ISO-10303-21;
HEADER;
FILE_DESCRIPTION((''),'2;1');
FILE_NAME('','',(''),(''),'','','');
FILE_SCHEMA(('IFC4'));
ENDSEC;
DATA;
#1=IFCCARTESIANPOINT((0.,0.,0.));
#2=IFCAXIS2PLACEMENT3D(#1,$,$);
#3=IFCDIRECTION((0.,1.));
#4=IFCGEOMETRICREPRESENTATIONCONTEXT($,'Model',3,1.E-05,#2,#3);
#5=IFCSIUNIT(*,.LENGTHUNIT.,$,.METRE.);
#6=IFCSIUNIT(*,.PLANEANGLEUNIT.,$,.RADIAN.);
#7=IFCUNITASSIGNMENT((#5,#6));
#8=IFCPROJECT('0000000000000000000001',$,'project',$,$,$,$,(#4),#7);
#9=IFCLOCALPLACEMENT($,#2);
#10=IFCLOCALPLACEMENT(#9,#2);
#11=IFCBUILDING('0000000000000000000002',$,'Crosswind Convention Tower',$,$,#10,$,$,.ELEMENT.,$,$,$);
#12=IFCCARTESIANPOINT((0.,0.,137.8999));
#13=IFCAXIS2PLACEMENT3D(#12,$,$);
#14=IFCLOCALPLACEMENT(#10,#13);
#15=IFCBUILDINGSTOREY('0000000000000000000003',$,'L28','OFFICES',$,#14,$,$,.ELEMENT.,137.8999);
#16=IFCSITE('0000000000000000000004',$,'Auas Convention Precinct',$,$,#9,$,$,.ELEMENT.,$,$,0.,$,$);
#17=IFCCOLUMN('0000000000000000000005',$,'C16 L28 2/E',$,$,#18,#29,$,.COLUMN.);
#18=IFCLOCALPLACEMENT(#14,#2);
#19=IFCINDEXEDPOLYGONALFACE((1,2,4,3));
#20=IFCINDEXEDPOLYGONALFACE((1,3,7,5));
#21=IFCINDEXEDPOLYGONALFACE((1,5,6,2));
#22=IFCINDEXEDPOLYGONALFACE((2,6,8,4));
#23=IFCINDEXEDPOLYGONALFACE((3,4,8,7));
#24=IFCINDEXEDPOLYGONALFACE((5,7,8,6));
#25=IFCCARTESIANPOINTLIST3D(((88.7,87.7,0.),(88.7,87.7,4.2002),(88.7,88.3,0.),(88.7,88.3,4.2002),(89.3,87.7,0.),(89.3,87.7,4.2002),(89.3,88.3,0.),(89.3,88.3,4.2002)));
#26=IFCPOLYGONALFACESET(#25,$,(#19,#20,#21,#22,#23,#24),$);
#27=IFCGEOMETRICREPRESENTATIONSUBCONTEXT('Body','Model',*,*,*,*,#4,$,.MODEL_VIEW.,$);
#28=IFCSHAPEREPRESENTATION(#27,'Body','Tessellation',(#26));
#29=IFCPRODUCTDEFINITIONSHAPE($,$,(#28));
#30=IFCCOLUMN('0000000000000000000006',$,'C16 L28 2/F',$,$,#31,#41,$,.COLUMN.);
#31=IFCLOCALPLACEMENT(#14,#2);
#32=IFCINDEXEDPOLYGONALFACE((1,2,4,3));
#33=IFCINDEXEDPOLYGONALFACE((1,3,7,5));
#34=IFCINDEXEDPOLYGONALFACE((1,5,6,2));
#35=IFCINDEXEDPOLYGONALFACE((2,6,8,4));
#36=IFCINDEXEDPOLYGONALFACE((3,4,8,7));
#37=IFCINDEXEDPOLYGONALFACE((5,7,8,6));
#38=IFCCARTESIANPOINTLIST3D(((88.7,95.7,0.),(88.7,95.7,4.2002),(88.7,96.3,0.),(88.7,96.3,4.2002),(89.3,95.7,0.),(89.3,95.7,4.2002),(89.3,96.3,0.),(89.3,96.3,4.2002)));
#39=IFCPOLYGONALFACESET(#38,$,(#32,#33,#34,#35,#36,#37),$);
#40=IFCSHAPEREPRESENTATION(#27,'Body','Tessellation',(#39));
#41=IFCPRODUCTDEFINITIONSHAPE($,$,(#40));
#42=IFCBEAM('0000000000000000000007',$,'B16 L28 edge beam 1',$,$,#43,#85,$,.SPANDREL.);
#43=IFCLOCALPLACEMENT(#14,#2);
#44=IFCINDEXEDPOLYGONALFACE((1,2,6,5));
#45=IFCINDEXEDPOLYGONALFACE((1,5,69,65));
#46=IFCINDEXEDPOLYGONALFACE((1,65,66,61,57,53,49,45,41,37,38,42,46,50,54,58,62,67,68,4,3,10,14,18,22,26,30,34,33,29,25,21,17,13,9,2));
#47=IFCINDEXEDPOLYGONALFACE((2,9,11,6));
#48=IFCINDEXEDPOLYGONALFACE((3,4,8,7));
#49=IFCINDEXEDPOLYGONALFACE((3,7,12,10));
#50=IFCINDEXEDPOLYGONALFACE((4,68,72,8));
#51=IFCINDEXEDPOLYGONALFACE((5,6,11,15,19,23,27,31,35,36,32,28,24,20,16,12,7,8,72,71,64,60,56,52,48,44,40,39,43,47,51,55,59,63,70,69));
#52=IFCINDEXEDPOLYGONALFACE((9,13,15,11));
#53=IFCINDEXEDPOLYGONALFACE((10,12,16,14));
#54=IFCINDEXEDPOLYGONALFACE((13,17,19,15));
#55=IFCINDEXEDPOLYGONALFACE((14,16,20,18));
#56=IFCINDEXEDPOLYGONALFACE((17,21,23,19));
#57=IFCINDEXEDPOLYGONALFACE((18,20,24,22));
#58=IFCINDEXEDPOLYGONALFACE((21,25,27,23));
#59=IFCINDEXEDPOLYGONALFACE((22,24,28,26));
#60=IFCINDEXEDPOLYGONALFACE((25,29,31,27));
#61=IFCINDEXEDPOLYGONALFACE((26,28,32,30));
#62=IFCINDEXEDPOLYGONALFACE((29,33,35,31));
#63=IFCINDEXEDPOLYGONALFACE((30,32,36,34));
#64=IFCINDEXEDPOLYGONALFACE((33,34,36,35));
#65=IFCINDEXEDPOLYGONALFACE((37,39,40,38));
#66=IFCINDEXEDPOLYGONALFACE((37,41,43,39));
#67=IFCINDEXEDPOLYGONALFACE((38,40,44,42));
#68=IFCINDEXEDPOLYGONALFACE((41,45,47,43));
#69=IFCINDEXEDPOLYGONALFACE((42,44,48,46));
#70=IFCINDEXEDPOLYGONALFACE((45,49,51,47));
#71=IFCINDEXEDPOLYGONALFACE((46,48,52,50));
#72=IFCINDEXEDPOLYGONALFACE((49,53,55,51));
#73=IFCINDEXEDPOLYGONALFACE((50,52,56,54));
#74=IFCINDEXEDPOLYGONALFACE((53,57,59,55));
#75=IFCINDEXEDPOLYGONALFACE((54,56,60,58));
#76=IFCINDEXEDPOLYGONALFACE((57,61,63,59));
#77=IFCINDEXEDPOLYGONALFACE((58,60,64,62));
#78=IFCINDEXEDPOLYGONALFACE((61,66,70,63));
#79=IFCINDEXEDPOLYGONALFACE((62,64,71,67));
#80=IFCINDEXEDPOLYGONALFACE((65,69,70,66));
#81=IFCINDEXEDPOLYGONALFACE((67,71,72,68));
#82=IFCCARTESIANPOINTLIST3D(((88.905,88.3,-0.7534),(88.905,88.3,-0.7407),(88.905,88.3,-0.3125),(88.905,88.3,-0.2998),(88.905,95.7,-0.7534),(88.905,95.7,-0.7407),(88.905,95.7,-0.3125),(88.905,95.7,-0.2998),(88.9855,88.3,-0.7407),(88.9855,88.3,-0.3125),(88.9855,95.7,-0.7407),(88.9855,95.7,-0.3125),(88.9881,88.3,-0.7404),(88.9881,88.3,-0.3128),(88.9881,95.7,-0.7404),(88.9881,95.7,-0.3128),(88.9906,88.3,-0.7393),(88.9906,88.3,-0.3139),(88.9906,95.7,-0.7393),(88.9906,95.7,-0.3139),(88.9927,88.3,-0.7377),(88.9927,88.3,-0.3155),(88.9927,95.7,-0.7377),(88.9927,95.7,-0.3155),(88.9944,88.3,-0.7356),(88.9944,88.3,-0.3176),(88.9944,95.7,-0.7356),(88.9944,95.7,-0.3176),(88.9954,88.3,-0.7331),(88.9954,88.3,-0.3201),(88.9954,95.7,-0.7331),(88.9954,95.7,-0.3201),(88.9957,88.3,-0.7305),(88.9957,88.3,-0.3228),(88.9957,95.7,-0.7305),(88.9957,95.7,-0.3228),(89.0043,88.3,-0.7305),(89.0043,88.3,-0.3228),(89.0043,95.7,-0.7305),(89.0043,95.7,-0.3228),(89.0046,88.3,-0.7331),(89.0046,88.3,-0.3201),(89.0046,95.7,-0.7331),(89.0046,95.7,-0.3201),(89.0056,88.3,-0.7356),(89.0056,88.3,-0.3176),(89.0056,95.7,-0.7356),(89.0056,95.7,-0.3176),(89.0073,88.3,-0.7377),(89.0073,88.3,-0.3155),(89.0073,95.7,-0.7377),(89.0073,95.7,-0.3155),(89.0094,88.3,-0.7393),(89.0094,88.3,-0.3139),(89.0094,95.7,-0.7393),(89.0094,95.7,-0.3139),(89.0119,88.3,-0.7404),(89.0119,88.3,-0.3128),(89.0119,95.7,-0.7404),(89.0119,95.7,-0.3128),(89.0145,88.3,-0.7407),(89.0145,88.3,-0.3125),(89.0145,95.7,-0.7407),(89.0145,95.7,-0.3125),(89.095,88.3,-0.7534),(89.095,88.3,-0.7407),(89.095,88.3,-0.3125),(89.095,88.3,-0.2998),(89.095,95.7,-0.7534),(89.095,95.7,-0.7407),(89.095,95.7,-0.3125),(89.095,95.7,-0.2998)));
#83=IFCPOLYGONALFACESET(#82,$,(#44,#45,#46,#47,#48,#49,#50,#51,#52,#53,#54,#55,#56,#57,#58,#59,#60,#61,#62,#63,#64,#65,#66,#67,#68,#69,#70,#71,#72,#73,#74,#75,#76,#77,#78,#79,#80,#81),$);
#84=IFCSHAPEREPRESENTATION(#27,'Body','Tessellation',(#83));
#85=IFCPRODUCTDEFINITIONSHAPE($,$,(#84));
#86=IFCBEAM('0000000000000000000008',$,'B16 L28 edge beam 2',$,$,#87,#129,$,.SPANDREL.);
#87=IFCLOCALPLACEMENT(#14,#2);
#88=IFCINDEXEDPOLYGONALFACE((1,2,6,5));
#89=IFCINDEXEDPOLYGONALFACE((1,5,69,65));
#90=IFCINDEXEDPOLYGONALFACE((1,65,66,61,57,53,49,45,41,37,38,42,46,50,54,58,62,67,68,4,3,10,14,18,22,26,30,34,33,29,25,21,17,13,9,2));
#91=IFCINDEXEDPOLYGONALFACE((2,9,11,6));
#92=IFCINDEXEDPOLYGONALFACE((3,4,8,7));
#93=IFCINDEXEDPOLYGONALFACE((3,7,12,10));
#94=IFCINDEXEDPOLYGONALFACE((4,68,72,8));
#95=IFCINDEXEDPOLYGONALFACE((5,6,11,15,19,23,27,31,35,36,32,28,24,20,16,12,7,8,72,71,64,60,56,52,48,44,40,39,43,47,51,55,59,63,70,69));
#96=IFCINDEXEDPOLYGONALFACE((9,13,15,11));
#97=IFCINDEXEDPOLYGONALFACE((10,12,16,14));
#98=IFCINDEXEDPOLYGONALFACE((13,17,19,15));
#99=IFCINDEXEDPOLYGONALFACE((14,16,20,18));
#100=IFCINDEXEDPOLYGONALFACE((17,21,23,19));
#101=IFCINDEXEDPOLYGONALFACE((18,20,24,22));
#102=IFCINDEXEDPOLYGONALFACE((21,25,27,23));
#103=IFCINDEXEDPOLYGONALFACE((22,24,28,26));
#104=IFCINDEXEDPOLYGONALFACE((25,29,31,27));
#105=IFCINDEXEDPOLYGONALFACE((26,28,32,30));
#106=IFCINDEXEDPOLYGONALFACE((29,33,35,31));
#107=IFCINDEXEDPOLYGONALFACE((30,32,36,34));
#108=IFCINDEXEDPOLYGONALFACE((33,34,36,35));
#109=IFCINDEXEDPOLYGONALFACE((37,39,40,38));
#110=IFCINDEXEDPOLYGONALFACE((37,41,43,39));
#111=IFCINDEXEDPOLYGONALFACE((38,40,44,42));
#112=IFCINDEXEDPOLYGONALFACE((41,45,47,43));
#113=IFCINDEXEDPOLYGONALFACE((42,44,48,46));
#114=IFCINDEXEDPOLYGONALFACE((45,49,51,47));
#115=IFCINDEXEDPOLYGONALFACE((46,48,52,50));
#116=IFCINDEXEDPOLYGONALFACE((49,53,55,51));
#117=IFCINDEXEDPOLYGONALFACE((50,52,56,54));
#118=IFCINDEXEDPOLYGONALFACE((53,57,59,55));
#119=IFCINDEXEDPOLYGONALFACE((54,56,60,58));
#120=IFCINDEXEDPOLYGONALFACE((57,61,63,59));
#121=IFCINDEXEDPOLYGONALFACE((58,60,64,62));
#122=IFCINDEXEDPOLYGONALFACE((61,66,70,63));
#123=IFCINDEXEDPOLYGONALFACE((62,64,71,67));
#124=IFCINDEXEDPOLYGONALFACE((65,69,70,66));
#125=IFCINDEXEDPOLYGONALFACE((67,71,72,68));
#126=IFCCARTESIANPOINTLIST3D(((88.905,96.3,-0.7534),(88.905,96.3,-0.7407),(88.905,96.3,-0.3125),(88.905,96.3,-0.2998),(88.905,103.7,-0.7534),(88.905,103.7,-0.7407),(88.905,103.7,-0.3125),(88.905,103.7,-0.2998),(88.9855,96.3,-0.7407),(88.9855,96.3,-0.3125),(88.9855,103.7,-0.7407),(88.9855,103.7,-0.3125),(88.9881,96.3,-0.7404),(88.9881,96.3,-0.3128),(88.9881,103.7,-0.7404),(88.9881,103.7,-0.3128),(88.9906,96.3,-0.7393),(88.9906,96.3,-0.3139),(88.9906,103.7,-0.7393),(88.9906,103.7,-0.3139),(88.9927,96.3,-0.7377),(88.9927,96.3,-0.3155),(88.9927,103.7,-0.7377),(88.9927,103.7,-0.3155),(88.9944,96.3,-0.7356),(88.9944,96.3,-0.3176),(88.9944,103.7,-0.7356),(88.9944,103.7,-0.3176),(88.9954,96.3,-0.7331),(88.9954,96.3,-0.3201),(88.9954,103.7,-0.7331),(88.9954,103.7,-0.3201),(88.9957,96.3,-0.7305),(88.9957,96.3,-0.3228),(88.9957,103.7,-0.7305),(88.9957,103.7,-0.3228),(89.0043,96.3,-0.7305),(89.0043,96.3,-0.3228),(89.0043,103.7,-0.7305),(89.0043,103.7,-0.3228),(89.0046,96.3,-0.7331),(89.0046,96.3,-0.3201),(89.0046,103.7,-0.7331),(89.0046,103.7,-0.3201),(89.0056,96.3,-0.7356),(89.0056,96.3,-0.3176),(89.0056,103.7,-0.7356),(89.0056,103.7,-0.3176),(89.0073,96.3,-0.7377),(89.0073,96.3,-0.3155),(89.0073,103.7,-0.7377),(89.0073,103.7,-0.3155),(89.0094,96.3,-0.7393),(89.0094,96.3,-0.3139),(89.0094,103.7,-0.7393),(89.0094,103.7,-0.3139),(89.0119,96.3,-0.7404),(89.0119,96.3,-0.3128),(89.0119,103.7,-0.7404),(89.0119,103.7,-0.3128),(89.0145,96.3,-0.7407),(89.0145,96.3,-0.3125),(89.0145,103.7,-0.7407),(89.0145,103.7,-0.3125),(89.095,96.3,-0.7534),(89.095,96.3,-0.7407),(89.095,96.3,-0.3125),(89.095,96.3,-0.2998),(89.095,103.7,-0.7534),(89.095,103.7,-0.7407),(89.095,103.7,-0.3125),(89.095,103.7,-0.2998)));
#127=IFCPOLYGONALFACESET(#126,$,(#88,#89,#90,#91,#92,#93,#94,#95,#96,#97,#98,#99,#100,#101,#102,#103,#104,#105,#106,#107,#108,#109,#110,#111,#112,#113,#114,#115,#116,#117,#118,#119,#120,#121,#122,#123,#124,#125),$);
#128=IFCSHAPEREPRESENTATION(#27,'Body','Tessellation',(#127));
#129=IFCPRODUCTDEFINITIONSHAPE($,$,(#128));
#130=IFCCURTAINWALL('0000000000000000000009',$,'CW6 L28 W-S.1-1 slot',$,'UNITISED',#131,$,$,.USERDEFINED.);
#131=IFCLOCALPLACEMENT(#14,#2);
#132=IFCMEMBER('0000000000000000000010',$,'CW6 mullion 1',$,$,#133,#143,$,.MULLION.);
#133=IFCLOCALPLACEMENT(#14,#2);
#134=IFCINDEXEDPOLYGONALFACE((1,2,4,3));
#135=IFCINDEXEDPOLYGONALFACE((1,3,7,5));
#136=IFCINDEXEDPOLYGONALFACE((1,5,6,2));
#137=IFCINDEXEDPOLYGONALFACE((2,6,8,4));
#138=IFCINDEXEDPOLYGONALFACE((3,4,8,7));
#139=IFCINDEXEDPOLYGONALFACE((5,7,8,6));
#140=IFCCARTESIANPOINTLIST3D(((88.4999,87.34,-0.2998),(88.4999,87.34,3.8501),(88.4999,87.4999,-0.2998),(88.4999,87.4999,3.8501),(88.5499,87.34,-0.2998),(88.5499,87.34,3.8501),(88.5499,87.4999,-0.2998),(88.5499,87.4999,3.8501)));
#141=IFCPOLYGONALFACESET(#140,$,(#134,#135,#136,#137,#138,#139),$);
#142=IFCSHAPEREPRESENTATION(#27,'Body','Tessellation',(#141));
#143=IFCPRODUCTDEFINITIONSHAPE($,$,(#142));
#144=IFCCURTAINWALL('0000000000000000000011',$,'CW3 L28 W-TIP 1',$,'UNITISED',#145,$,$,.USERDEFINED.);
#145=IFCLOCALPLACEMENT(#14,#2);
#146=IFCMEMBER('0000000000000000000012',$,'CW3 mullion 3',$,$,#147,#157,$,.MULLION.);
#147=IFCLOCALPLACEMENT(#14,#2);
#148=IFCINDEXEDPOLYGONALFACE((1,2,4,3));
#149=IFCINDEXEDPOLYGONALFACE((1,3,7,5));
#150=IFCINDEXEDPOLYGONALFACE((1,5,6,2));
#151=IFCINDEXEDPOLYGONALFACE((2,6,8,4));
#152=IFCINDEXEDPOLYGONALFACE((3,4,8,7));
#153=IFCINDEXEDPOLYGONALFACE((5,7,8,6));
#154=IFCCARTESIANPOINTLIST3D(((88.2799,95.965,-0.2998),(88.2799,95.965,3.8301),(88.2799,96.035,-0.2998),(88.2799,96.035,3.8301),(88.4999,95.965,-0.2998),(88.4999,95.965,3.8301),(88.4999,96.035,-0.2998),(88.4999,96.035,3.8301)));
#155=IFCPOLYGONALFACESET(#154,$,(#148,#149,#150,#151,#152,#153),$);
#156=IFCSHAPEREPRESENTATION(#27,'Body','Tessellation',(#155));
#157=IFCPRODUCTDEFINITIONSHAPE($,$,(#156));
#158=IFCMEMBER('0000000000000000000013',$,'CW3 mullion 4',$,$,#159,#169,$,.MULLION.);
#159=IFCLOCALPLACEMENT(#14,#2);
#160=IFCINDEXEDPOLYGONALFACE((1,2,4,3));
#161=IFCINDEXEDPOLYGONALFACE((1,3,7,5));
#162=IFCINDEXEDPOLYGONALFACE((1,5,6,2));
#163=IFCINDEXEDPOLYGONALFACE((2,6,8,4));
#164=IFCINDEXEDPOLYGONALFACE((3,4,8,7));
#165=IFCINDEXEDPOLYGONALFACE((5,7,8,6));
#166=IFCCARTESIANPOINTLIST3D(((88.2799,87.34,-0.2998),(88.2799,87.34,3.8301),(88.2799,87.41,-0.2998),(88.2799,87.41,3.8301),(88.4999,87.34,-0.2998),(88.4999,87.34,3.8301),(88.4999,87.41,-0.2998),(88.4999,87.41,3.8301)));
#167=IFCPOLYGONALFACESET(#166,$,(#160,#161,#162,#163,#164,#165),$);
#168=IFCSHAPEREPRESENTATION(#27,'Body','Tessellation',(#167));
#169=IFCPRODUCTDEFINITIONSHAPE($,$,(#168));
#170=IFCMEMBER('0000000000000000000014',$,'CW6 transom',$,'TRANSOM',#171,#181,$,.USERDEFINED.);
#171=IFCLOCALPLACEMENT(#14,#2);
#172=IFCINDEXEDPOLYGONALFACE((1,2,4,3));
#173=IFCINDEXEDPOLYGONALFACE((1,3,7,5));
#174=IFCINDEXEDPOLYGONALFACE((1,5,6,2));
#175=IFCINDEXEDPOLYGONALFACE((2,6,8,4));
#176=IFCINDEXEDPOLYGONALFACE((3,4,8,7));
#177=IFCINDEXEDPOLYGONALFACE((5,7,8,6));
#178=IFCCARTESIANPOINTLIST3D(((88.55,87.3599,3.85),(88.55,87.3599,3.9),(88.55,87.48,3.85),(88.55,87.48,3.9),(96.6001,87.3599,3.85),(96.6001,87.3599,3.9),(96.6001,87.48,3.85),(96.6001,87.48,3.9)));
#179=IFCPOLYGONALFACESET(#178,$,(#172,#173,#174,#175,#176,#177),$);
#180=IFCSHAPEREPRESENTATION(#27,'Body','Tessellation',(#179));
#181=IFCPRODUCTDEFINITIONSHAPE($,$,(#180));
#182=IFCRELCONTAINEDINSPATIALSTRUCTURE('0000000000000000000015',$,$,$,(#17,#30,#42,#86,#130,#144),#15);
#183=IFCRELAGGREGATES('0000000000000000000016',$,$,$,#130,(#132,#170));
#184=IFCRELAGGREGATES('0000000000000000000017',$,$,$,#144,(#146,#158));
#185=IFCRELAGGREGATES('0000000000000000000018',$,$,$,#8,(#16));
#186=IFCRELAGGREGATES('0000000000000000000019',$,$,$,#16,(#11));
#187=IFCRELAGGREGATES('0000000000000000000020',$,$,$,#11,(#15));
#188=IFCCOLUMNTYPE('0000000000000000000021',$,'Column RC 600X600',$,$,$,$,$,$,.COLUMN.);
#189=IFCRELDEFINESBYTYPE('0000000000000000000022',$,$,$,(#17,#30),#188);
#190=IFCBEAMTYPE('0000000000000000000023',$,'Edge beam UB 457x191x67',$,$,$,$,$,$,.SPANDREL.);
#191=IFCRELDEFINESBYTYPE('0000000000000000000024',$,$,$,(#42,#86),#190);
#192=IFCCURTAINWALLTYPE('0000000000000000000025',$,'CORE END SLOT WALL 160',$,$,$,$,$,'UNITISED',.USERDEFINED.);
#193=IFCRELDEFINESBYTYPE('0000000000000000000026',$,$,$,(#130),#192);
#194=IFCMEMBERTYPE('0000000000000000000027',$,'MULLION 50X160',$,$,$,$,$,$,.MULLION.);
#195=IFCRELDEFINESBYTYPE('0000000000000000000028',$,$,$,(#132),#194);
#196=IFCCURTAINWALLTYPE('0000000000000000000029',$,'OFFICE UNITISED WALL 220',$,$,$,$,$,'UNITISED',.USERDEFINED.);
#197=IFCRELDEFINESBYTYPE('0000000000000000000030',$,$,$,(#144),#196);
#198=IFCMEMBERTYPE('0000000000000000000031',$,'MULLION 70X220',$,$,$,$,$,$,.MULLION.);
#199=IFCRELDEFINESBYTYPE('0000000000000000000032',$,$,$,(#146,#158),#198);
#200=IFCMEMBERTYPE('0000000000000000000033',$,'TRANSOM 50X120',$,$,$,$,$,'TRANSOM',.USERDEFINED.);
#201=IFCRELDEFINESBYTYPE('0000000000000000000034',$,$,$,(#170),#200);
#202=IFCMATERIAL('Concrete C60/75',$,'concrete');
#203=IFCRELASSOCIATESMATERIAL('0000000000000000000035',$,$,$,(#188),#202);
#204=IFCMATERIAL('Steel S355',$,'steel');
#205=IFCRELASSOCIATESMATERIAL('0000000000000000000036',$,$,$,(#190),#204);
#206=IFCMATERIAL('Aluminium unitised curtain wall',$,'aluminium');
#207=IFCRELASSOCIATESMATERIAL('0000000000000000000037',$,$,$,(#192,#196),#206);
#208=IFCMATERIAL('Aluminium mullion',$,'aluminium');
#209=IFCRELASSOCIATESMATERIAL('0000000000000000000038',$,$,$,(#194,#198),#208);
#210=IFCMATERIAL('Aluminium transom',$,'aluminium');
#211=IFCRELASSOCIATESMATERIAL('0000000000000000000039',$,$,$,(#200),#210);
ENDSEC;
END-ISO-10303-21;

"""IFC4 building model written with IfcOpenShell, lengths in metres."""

from ifc_helpers import new_model, si_unit, direction, frame, origin, origin_2d, place, context, subcontext, project, spatial, rectangle, i_section, extrude, material, material_profile, profile_set, type_object, element, aggregate, save


model = new_model("IFC4")

# Units and contexts
model_context = context("Model", 3, precision=1e-05, world=origin(), true_north=direction((0.0, 1.0)))
body_context = subcontext(model_context, "Body", "Model", "MODEL_VIEW")
ifc_project = project(units=[si_unit("LENGTHUNIT", "METRE"), si_unit("PLANEANGLEUNIT", "RADIAN")], contexts=[model_context])

# Site, building, storey
site_placement = place(None, origin())
site = spatial("IfcSite", under=ifc_project, at=site_placement, Name="Auas Convention Precinct", CompositionType="ELEMENT", RefElevation=0.0)
building_placement = place(site_placement, origin())
building = spatial("IfcBuilding", under=site, at=building_placement, Name="Crosswind Convention Tower", CompositionType="ELEMENT")
storey_placement = place(building_placement, frame((0.0, 0.0, 137.8999)))
storey = spatial("IfcBuildingStorey", under=building, at=storey_placement, Name="L28", Description="OFFICES", CompositionType="ELEMENT", Elevation=137.8999)

# Columns
ifc_material_1 = material(Name="Concrete C60/75", Category="concrete")
ifc_material_profile_1 = material_profile(ifc_material_1, rectangle(XDim=0.6001, YDim=0.6001, at=origin_2d()), Name="RC 600X600")
ifc_profile_set_1 = profile_set([ifc_material_profile_1], Name="Concrete C60/75")
column_type = type_object("IfcColumnType", Name="Column RC 600X600", PredefinedType="COLUMN", material=ifc_profile_set_1)
for number, where, z_axis, x_axis, name in (
    (1, (89.0, 88.0, 0.0), (0.0, 0.0, 1.0), (1.0, 0.0, 0.0), "C16 L28 2/E"),
    (2, (89.0, 96.0, 0.0), (0.0, 0.0, 1.0), (1.0, 0.0, 0.0), "C16 L28 2/F"),
):
    element("IfcColumn", number, at=place(storey_placement, frame(where, z_axis=z_axis, x_axis=x_axis)), inside=storey, type_object=column_type, Name=name, PredefinedType="COLUMN", context=body_context, shape_type="SweptSolid", body=[
        extrude(rectangle(XDim=0.6001, YDim=0.6001, at=origin_2d()), origin(), (0.0, 0.0, 1.0), 4.2002),
    ])

# Beams
ifc_material_2 = material(Name="Steel S355", Category="steel")
ifc_material_profile_2 = material_profile(ifc_material_2, i_section(OverallWidth=0.1899, OverallDepth=0.4536, WebThickness=0.0085, FlangeThickness=0.0127, FilletRadius=0.0103, at=origin_2d()), Name="UB 457x191x67")
ifc_profile_set_2 = profile_set([ifc_material_profile_2], Name="Steel S355")
beam_type = type_object("IfcBeamType", Name="Edge beam UB 457x191x67", PredefinedType="SPANDREL", material=ifc_profile_set_2)
for number, where, z_axis, x_axis, name in (
    (3, (89.0, 88.3, -0.5266), (0.0, 1.0, 0.0), (-1.0, 0.0, 0.0), "B16 L28 edge beam 1"),
    (4, (89.0, 96.3, -0.5266), (0.0, 1.0, 0.0), (-1.0, 0.0, 0.0), "B16 L28 edge beam 2"),
):
    element("IfcBeam", number, at=place(storey_placement, frame(where, z_axis=z_axis, x_axis=x_axis)), inside=storey, type_object=beam_type, Name=name, PredefinedType="SPANDREL", context=body_context, shape_type="SweptSolid", body=[
        extrude(i_section(OverallWidth=0.1899, OverallDepth=0.4536, WebThickness=0.0085, FlangeThickness=0.0127, FilletRadius=0.0103, at=origin_2d()), origin(), (0.0, 0.0, 1.0), 7.3999),
    ])

# Curtain wall, member
ifc_material_3 = material(Name="Aluminium unitised curtain wall", Category="aluminium")
curtain_wall_type_1 = type_object("IfcCurtainWallType", Name="CORE END SLOT WALL 160", ElementType="UNITISED", PredefinedType="USERDEFINED", material=ifc_material_3)
curtain_wall_1_placement = place(storey_placement, origin())
curtain_wall_1 = element("IfcCurtainWall", 5, at=curtain_wall_1_placement, inside=storey, type_object=curtain_wall_type_1, Name="CW6 L28 W-S.1-1 slot", ObjectType="UNITISED", PredefinedType="USERDEFINED")
ifc_material_4 = material(Name="Aluminium mullion", Category="aluminium")
ifc_material_profile_3 = material_profile(ifc_material_4, rectangle(XDim=0.1599, YDim=0.05, at=origin_2d()), Name="AL 160X50")
ifc_profile_set_3 = profile_set([ifc_material_profile_3], Name="Aluminium mullion")
member_type_1 = type_object("IfcMemberType", Name="MULLION 50X160", PredefinedType="MULLION", material=ifc_profile_set_3)
member_1_placement = place(storey_placement, frame((88.5249, 87.4199, -0.2998), z_axis=(0.0, 0.0, 1.0), x_axis=(0.0, -1.0, 0.0)))
member_1 = element("IfcMember", 6, at=member_1_placement, type_object=member_type_1, Name="CW6 mullion 1", PredefinedType="MULLION", context=body_context, shape_type="SweptSolid", body=[
    extrude(rectangle(XDim=0.1599, YDim=0.05, at=origin_2d()), origin(), (0.0, 0.0, 1.0), 4.1499),
])

# Curtain wall, members
curtain_wall_type_2 = type_object("IfcCurtainWallType", Name="OFFICE UNITISED WALL 220", ElementType="UNITISED", PredefinedType="USERDEFINED", material=ifc_material_3)
curtain_wall_2_placement = place(storey_placement, origin())
curtain_wall_2 = element("IfcCurtainWall", 7, at=curtain_wall_2_placement, inside=storey, type_object=curtain_wall_type_2, Name="CW3 L28 W-TIP 1", ObjectType="UNITISED", PredefinedType="USERDEFINED")
ifc_material_profile_4 = material_profile(ifc_material_4, rectangle(XDim=0.22, YDim=0.0701, at=origin_2d()), Name="AL 220X70")
ifc_profile_set_4 = profile_set([ifc_material_profile_4], Name="Aluminium mullion")
member_type_2 = type_object("IfcMemberType", Name="MULLION 70X220", PredefinedType="MULLION", material=ifc_profile_set_4)
member_2_placement = place(storey_placement, frame((88.3899, 96.0, -0.2998), z_axis=(0.0, 0.0, 1.0), x_axis=(-1.0, 0.0, 0.0)))
member_2 = element("IfcMember", 8, at=member_2_placement, type_object=member_type_2, Name="CW3 mullion 3", PredefinedType="MULLION", context=body_context, shape_type="SweptSolid", body=[
    extrude(rectangle(XDim=0.22, YDim=0.0701, at=origin_2d()), origin(), (0.0, 0.0, 1.0), 4.1299),
])
member_3_placement = place(storey_placement, frame((88.3899, 87.375, -0.2998), z_axis=(0.0, 0.0, 1.0), x_axis=(-1.0, 0.0, 0.0)))
member_3 = element("IfcMember", 9, at=member_3_placement, type_object=member_type_2, Name="CW3 mullion 4", PredefinedType="MULLION", context=body_context, shape_type="SweptSolid", body=[
    extrude(rectangle(XDim=0.22, YDim=0.0701, at=origin_2d()), origin(), (0.0, 0.0, 1.0), 4.1299),
])

# Member
ifc_material_5 = material(Name="Aluminium transom", Category="aluminium")
ifc_material_profile_5 = material_profile(ifc_material_5, rectangle(XDim=0.1201, YDim=0.05, at=origin_2d()), Name="AL 120X50")
ifc_profile_set_5 = profile_set([ifc_material_profile_5], Name="Aluminium transom")
member_type_3 = type_object("IfcMemberType", Name="TRANSOM 50X120", ElementType="TRANSOM", PredefinedType="USERDEFINED", material=ifc_profile_set_5)
member_4_placement = place(storey_placement, frame((88.55, 87.4199, 3.875), z_axis=(1.0, 0.0, 0.0), x_axis=(0.0, 1.0, 0.0)))
member_4 = element("IfcMember", 10, at=member_4_placement, type_object=member_type_3, Name="CW6 transom", ObjectType="TRANSOM", PredefinedType="USERDEFINED", context=body_context, shape_type="SweptSolid", body=[
    extrude(rectangle(XDim=0.1201, YDim=0.05, at=origin_2d()), origin(), (0.0, 0.0, 1.0), 8.05),
])

aggregate(curtain_wall_1, [member_1, member_4])
aggregate(curtain_wall_2, [member_2, member_3])

save(model, "model.ifc")
